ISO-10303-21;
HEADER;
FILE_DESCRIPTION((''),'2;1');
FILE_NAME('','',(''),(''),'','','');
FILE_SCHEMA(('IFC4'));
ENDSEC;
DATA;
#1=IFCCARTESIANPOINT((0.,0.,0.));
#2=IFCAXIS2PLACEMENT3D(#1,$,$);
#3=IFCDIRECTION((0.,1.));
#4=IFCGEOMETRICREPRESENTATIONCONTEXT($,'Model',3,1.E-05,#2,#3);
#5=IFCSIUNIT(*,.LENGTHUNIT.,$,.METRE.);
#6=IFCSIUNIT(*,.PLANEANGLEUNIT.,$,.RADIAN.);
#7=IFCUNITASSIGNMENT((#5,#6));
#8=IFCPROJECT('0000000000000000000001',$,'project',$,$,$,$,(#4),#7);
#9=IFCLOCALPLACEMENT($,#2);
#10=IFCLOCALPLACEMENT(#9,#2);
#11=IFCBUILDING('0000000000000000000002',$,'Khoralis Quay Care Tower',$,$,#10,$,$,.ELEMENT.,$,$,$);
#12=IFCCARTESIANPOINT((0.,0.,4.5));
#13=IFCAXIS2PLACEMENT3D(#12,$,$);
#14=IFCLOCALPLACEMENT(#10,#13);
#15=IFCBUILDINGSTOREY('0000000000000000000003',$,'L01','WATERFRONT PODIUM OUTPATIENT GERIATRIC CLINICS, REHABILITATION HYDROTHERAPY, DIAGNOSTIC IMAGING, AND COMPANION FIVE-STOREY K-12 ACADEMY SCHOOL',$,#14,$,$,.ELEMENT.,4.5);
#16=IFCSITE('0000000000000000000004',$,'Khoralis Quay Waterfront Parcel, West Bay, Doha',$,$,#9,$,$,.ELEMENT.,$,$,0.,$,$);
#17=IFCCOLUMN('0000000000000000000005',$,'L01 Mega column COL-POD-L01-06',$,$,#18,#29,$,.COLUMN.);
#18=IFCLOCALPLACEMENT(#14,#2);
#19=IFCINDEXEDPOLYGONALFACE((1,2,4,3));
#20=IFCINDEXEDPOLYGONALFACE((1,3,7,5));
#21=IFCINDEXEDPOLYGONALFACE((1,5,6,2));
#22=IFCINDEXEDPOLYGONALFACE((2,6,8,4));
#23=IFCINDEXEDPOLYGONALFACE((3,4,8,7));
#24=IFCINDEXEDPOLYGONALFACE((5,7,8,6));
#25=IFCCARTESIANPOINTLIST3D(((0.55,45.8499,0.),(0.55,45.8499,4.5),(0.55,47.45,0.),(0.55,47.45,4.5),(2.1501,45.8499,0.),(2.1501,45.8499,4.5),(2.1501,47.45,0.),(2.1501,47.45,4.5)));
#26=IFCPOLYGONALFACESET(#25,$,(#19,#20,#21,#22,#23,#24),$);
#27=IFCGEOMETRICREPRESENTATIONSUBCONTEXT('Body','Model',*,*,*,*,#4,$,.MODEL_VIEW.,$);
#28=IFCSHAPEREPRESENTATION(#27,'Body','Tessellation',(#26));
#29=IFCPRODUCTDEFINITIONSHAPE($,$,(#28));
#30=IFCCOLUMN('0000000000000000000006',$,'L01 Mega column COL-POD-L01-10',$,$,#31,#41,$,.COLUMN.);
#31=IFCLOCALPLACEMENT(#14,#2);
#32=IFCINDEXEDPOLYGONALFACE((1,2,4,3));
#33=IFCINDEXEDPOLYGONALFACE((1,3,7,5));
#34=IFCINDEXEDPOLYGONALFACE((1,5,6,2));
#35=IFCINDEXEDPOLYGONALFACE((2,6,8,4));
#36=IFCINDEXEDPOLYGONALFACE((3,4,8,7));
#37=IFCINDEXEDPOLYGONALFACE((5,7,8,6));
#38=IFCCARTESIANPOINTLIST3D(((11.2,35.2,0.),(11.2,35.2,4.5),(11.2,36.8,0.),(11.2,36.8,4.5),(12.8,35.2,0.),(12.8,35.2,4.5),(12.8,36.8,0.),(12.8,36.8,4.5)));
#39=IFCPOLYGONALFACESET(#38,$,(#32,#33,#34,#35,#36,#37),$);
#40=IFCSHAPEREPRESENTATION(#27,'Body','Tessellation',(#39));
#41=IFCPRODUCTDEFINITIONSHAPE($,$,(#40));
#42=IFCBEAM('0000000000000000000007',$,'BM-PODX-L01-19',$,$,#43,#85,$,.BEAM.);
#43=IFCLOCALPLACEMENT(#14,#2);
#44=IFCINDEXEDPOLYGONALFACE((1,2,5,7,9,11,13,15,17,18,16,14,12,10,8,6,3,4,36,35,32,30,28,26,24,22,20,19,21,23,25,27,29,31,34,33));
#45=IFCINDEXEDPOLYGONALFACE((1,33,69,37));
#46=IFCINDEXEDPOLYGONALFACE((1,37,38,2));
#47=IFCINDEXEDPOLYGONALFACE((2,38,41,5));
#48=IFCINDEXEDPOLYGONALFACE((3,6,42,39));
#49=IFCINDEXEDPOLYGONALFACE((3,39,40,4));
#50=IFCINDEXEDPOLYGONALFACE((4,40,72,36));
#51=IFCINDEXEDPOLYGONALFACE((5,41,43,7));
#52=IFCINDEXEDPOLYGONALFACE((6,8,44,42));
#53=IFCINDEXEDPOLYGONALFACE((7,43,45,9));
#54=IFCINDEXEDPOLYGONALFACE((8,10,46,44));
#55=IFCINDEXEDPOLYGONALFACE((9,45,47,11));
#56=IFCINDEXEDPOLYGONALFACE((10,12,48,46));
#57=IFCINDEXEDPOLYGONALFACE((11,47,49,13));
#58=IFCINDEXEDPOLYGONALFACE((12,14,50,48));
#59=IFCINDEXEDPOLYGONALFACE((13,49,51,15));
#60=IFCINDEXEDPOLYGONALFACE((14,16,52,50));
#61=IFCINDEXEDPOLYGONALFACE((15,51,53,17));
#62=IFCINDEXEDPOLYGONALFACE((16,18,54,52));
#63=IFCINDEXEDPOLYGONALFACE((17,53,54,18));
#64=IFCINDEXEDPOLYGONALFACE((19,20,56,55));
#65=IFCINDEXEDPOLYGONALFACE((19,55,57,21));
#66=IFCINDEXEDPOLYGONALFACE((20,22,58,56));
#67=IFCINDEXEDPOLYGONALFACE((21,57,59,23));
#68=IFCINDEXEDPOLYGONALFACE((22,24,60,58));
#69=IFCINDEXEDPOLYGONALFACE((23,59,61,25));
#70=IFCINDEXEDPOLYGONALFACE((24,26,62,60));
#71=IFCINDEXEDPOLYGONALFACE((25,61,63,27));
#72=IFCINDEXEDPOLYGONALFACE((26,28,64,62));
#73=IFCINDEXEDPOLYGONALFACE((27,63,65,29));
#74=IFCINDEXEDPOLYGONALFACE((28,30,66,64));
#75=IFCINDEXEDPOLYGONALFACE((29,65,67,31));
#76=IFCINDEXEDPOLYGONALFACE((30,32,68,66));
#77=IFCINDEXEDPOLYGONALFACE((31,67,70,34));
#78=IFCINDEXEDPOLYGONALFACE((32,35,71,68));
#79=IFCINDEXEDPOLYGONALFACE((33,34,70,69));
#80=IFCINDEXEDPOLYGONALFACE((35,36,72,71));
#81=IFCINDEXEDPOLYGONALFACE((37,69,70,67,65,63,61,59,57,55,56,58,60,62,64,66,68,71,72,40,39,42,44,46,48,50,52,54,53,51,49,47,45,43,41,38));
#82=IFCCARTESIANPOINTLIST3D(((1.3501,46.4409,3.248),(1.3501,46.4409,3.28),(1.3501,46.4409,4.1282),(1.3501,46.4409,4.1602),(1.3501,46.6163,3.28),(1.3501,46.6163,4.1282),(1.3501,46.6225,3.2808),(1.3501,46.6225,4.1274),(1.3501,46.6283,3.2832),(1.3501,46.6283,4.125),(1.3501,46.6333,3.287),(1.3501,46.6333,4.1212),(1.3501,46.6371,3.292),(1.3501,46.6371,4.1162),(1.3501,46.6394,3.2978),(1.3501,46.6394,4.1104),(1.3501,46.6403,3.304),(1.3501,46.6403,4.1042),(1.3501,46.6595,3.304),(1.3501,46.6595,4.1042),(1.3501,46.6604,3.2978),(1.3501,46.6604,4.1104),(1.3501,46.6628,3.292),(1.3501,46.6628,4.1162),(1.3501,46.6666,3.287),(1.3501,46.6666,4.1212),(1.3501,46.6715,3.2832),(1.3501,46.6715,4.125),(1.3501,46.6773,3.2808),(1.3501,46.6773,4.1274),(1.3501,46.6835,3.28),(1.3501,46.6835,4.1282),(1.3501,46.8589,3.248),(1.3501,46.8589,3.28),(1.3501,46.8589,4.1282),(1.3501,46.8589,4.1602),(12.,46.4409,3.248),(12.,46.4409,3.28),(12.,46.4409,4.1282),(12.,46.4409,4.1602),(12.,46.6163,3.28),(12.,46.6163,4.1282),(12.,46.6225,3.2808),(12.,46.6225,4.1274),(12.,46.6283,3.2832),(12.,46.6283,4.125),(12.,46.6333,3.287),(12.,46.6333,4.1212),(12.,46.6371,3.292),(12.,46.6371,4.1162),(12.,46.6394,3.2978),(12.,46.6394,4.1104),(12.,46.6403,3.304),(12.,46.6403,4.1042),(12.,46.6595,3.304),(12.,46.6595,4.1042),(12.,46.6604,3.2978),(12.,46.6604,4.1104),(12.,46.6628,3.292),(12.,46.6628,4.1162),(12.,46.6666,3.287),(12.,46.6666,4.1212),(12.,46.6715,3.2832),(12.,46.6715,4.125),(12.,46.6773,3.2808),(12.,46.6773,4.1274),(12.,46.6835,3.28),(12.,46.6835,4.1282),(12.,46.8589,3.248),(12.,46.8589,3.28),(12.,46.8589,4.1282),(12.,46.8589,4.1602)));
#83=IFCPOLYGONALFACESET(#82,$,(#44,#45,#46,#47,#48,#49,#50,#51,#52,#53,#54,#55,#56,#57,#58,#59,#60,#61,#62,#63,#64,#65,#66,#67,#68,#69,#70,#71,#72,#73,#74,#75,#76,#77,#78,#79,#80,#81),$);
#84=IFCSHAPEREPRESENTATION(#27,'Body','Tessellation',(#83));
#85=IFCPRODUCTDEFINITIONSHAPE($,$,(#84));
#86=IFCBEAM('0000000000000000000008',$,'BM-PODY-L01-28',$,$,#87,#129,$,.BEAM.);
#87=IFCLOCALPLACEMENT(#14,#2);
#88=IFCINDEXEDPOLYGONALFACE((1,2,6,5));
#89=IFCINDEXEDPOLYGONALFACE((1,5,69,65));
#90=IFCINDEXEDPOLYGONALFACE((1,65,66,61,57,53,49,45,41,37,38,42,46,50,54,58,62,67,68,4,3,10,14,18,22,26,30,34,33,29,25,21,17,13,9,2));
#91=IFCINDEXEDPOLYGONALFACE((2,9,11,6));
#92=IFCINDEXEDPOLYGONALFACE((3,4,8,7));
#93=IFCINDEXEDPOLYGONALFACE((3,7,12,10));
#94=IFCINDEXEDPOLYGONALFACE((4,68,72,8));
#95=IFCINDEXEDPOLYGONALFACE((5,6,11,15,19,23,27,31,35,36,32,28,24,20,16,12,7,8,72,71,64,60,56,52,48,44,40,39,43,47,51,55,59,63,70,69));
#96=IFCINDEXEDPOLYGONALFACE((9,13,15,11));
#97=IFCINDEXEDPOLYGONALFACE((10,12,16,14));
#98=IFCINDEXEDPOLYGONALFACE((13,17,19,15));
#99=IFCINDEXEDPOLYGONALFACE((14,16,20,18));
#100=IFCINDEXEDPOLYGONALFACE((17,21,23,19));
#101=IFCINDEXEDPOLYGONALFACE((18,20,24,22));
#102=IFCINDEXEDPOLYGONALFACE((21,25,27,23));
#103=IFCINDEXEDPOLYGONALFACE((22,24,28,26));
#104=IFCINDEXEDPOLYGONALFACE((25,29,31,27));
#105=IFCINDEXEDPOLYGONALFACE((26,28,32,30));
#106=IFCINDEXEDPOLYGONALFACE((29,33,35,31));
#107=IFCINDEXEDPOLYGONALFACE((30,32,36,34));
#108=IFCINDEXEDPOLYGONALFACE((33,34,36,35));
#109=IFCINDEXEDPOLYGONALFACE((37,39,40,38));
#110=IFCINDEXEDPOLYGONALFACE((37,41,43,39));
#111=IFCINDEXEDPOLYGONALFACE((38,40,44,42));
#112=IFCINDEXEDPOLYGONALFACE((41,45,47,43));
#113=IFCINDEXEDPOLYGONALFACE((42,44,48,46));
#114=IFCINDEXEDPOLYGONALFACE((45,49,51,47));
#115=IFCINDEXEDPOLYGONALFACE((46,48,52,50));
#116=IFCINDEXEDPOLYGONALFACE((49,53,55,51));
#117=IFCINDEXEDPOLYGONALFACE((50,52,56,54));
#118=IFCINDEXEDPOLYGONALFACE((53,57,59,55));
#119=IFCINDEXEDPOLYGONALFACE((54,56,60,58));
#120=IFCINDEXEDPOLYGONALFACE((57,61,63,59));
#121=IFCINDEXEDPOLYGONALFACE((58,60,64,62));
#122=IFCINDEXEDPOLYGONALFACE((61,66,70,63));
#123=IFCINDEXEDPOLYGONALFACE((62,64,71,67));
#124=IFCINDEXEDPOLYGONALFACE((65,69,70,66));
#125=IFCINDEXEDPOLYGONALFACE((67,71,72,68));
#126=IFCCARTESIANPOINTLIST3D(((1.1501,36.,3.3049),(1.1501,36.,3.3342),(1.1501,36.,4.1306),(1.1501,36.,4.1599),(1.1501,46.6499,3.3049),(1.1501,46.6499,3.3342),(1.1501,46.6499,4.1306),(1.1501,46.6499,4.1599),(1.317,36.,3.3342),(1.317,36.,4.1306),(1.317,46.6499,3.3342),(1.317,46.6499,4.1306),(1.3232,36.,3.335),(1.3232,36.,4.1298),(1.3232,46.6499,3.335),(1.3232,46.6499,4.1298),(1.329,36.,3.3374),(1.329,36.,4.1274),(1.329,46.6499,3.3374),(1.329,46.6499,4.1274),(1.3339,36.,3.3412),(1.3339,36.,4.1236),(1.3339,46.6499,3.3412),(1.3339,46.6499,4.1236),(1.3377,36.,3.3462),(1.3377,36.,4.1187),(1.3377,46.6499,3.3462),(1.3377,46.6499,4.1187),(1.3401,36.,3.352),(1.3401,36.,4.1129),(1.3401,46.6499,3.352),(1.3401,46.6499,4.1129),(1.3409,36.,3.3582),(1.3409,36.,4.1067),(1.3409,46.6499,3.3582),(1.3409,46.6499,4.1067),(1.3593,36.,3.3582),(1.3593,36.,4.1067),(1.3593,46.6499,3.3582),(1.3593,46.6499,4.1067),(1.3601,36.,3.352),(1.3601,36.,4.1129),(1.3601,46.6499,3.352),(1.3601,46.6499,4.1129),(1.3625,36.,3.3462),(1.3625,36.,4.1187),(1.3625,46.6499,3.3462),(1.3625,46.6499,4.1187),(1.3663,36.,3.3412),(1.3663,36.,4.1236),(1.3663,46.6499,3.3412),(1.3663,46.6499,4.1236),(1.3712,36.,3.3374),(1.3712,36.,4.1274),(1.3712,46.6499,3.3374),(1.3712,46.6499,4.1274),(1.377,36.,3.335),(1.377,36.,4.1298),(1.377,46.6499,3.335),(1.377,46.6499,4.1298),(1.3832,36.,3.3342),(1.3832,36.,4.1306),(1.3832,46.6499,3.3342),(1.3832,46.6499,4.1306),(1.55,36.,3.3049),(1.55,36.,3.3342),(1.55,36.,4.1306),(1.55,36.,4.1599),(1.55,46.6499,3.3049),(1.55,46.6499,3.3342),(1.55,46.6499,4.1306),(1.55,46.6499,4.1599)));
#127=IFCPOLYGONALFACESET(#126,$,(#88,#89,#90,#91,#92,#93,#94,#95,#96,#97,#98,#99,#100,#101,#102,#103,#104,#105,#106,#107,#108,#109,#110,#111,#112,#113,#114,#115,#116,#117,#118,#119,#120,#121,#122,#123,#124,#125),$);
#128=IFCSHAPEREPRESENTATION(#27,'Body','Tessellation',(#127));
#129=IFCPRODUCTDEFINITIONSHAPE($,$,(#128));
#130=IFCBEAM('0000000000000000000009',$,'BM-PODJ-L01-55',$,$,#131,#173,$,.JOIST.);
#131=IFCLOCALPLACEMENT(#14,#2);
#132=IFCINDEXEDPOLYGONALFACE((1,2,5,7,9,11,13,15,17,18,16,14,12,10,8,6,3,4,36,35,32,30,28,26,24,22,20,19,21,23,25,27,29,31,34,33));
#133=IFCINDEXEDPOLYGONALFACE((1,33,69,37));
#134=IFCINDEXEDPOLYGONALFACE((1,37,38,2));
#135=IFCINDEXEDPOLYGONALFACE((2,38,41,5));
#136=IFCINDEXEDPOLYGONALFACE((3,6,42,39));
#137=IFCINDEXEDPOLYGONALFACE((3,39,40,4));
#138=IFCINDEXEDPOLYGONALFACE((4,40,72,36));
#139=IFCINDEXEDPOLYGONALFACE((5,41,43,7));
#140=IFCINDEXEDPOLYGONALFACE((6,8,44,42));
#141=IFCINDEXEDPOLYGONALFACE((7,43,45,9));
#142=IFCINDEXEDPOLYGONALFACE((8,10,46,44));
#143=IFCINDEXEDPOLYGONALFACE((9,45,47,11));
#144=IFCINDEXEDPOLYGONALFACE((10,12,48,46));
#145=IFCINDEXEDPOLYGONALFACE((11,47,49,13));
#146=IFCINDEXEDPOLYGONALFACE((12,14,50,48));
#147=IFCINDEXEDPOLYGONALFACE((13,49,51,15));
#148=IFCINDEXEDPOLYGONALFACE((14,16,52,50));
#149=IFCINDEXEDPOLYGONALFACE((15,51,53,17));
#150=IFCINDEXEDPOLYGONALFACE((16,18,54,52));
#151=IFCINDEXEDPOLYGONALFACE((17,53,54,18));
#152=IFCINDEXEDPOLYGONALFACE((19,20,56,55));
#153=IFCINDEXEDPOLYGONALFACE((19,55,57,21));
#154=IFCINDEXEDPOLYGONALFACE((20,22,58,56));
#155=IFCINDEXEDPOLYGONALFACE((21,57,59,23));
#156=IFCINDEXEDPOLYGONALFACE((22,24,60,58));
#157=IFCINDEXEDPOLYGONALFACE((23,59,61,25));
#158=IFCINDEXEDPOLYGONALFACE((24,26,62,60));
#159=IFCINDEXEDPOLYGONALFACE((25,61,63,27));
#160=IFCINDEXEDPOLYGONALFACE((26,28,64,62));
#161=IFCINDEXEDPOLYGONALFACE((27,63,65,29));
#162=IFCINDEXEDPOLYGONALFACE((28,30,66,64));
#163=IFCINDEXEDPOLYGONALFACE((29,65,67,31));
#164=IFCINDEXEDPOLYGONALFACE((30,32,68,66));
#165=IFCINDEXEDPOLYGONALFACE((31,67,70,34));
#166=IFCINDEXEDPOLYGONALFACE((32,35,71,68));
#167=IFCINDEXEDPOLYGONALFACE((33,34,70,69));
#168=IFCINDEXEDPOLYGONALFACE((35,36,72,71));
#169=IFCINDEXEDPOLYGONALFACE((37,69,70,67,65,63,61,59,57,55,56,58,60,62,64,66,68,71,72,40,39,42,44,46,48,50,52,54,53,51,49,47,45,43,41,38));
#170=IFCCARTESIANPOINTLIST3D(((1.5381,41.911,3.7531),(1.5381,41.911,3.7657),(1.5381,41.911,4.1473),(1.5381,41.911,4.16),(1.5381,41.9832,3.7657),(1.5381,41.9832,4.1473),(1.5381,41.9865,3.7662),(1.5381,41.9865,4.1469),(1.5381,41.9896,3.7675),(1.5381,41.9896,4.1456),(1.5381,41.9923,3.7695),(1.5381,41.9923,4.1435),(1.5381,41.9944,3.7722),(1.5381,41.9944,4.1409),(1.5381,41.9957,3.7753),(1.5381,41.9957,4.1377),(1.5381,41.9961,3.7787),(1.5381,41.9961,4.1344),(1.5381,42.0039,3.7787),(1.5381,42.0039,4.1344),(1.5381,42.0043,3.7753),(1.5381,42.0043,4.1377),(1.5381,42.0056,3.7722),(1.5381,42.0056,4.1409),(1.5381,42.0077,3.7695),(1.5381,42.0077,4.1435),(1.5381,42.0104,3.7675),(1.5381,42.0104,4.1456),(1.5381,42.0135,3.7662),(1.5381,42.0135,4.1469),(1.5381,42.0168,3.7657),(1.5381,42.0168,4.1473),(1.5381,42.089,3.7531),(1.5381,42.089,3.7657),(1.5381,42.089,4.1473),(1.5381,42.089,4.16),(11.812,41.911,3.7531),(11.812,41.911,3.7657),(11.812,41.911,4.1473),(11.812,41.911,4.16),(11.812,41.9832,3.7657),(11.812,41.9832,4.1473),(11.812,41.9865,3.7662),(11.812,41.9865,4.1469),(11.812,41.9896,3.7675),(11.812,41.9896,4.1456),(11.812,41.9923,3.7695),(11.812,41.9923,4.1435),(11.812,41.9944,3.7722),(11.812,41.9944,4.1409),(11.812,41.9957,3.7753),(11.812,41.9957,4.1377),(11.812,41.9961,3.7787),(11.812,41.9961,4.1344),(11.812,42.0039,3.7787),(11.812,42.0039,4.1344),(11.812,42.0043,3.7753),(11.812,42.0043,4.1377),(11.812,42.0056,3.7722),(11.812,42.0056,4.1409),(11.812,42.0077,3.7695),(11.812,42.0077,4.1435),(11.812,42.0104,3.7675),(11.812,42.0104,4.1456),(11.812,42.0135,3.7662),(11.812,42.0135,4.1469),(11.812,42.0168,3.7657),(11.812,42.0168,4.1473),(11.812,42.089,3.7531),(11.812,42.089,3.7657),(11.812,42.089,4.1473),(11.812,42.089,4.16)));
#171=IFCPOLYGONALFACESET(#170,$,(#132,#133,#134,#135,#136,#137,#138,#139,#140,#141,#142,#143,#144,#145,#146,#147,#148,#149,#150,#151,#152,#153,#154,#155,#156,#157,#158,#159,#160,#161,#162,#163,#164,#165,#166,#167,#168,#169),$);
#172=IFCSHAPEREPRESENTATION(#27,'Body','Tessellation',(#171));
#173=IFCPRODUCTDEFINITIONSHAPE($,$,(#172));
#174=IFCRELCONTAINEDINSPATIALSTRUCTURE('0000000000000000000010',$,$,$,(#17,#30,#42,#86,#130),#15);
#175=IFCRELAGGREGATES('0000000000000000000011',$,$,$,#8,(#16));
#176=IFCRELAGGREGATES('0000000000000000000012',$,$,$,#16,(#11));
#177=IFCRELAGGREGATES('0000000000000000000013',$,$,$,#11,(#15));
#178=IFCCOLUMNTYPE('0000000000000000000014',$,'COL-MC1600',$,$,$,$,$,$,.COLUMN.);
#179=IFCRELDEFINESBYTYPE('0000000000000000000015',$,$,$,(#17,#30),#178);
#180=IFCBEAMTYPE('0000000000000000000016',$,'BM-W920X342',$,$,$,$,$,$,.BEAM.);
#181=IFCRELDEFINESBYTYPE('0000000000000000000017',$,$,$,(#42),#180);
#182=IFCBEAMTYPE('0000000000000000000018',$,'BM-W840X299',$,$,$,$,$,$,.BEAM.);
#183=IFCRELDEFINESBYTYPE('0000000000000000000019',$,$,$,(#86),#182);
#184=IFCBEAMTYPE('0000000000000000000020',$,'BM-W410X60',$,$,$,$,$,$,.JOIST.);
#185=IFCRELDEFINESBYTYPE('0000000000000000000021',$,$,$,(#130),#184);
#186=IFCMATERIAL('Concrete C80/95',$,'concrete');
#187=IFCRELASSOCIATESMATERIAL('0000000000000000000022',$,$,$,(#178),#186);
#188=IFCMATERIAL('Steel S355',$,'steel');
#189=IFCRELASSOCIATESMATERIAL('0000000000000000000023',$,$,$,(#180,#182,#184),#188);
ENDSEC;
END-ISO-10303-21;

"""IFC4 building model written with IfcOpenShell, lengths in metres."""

from ifc_helpers import new_model, si_unit, direction, frame, origin, origin_2d, place, context, subcontext, project, spatial, rectangle, i_section, extrude, source, transform, mapped, material, material_profile, profile_set, type_object, element, save


model = new_model("IFC4")

# Units and contexts
model_context = context("Model", 3, precision=1e-05, world=origin(), true_north=direction((0.0, 1.0)))
body_context = subcontext(model_context, "Body", "Model", "MODEL_VIEW")
ifc_project = project(units=[si_unit("LENGTHUNIT", "METRE"), si_unit("PLANEANGLEUNIT", "RADIAN")], contexts=[model_context])

# Site, building, storey
site_placement = place(None, origin())
site = spatial("IfcSite", under=ifc_project, at=site_placement, Name="Khoralis Quay Waterfront Parcel, West Bay, Doha", CompositionType="ELEMENT", RefElevation=0.0)
building_placement = place(site_placement, origin())
building = spatial("IfcBuilding", under=site, at=building_placement, Name="Khoralis Quay Care Tower", CompositionType="ELEMENT")
storey_placement = place(building_placement, frame((0.0, 0.0, 4.5)))
storey = spatial("IfcBuildingStorey", under=building, at=storey_placement, Name="L01", Description="WATERFRONT PODIUM OUTPATIENT GERIATRIC CLINICS, REHABILITATION HYDROTHERAPY, DIAGNOSTIC IMAGING, AND COMPANION FIVE-STOREY K-12 ACADEMY SCHOOL", CompositionType="ELEMENT", Elevation=4.5)

# Columns
ifc_material_1 = material(Name="Concrete C80/95", Category="concrete")
ifc_material_profile_1 = material_profile(ifc_material_1, rectangle(XDim=1.6001, YDim=1.6001, at=origin_2d()), Name="Concrete C80/95")
ifc_profile_set_1 = profile_set([ifc_material_profile_1], Name="Concrete C80/95")
column_type = type_object("IfcColumnType", Name="COL-MC1600", PredefinedType="COLUMN", material=ifc_profile_set_1)
shared_shape_1 = source(origin(), body_context, "Body", "SweptSolid", [
    extrude(rectangle(XDim=1.6001, YDim=1.6001, at=origin_2d()), origin(), (0.0, 0.0, 1.0), 4.5),
])
for number, where, z_axis, x_axis, name in (
    (1, (1.3501, 46.6499, 0.0), (0.0, 0.0, 1.0), (1.0, 0.0, 0.0), "L01 Mega column COL-POD-L01-06"),
    (2, (12.0, 36.0, 0.0), (0.0, 0.0, 1.0), (1.0, 0.0, 0.0), "L01 Mega column COL-POD-L01-10"),
):
    element("IfcColumn", number, at=place(storey_placement, frame(where, z_axis=z_axis, x_axis=x_axis)), inside=storey, type_object=column_type, Name=name, PredefinedType="COLUMN", context=body_context, shape_type="MappedRepresentation", body=[
        mapped(shared_shape_1, transform((0.0, 0.0, 0.0), scale=1.0)),
    ])

# Beams
ifc_material_2 = material(Name="Steel S355", Category="steel")
ifc_material_profile_2 = material_profile(ifc_material_2, i_section(OverallWidth=0.418, OverallDepth=0.9121, WebThickness=0.0193, FlangeThickness=0.032, FilletRadius=0.0239, at=origin_2d()), Name="Steel S355")
ifc_profile_set_2 = profile_set([ifc_material_profile_2], Name="Steel S355")
beam_type_1 = type_object("IfcBeamType", Name="BM-W920X342", PredefinedType="BEAM", material=ifc_profile_set_2)
shared_shape_2 = source(origin(), body_context, "Body", "SweptSolid", [
    extrude(i_section(OverallWidth=0.418, OverallDepth=0.9121, WebThickness=0.0193, FlangeThickness=0.032, FilletRadius=0.0239, at=origin_2d()), origin(), (0.0, 0.0, 1.0), 10.6499),
])
beam_1_placement = place(storey_placement, frame((1.3501, 46.6499, 3.7041), z_axis=(1.0, 0.0, 0.0), x_axis=(0.0, 1.0, 0.0)))
element("IfcBeam", 3, at=beam_1_placement, inside=storey, type_object=beam_type_1, Name="BM-PODX-L01-19", PredefinedType="BEAM", context=body_context, shape_type="MappedRepresentation", body=[
    mapped(shared_shape_2, transform((0.0, 0.0, 0.0), scale=1.0)),
])
ifc_material_profile_3 = material_profile(ifc_material_2, i_section(OverallWidth=0.3999, OverallDepth=0.855, WebThickness=0.0183, FlangeThickness=0.0293, FilletRadius=0.0239, at=origin_2d()), Name="Steel S355")
ifc_profile_set_3 = profile_set([ifc_material_profile_3], Name="Steel S355")
beam_type_2 = type_object("IfcBeamType", Name="BM-W840X299", PredefinedType="BEAM", material=ifc_profile_set_3)
shared_shape_3 = source(origin(), body_context, "Body", "SweptSolid", [
    extrude(i_section(OverallWidth=0.3999, OverallDepth=0.855, WebThickness=0.0183, FlangeThickness=0.0293, FilletRadius=0.0239, at=origin_2d()), origin(), (0.0, 0.0, 1.0), 10.6499),
])
beam_2_placement = place(storey_placement, frame((1.3501, 36.0, 3.7324), z_axis=(0.0, 1.0, 0.0), x_axis=(-1.0, 0.0, 0.0)))
element("IfcBeam", 4, at=beam_2_placement, inside=storey, type_object=beam_type_2, Name="BM-PODY-L01-28", PredefinedType="BEAM", context=body_context, shape_type="MappedRepresentation", body=[
    mapped(shared_shape_3, transform((0.0, 0.0, 0.0), scale=1.0)),
])
ifc_material_profile_4 = material_profile(ifc_material_2, i_section(OverallWidth=0.178, OverallDepth=0.407, WebThickness=0.0078, FlangeThickness=0.0127, FilletRadius=0.0129, at=origin_2d()), Name="Steel S355")
ifc_profile_set_4 = profile_set([ifc_material_profile_4], Name="Steel S355")
beam_type_3 = type_object("IfcBeamType", Name="BM-W410X60", PredefinedType="JOIST", material=ifc_profile_set_4)
shared_shape_4 = source(origin(), body_context, "Body", "SweptSolid", [
    extrude(i_section(OverallWidth=0.178, OverallDepth=0.407, WebThickness=0.0078, FlangeThickness=0.0127, FilletRadius=0.0129, at=origin_2d()), origin(), (0.0, 0.0, 1.0), 10.2739),
])
beam_3_placement = place(storey_placement, frame((1.5381, 42.0, 3.9565), z_axis=(1.0, 0.0, 0.0), x_axis=(0.0, 1.0, 0.0)))
element("IfcBeam", 5, at=beam_3_placement, inside=storey, type_object=beam_type_3, Name="BM-PODJ-L01-55", PredefinedType="JOIST", context=body_context, shape_type="MappedRepresentation", body=[
    mapped(shared_shape_4, transform((0.0, 0.0, 0.0), scale=1.0)),
])

save(model, "model.ifc")
